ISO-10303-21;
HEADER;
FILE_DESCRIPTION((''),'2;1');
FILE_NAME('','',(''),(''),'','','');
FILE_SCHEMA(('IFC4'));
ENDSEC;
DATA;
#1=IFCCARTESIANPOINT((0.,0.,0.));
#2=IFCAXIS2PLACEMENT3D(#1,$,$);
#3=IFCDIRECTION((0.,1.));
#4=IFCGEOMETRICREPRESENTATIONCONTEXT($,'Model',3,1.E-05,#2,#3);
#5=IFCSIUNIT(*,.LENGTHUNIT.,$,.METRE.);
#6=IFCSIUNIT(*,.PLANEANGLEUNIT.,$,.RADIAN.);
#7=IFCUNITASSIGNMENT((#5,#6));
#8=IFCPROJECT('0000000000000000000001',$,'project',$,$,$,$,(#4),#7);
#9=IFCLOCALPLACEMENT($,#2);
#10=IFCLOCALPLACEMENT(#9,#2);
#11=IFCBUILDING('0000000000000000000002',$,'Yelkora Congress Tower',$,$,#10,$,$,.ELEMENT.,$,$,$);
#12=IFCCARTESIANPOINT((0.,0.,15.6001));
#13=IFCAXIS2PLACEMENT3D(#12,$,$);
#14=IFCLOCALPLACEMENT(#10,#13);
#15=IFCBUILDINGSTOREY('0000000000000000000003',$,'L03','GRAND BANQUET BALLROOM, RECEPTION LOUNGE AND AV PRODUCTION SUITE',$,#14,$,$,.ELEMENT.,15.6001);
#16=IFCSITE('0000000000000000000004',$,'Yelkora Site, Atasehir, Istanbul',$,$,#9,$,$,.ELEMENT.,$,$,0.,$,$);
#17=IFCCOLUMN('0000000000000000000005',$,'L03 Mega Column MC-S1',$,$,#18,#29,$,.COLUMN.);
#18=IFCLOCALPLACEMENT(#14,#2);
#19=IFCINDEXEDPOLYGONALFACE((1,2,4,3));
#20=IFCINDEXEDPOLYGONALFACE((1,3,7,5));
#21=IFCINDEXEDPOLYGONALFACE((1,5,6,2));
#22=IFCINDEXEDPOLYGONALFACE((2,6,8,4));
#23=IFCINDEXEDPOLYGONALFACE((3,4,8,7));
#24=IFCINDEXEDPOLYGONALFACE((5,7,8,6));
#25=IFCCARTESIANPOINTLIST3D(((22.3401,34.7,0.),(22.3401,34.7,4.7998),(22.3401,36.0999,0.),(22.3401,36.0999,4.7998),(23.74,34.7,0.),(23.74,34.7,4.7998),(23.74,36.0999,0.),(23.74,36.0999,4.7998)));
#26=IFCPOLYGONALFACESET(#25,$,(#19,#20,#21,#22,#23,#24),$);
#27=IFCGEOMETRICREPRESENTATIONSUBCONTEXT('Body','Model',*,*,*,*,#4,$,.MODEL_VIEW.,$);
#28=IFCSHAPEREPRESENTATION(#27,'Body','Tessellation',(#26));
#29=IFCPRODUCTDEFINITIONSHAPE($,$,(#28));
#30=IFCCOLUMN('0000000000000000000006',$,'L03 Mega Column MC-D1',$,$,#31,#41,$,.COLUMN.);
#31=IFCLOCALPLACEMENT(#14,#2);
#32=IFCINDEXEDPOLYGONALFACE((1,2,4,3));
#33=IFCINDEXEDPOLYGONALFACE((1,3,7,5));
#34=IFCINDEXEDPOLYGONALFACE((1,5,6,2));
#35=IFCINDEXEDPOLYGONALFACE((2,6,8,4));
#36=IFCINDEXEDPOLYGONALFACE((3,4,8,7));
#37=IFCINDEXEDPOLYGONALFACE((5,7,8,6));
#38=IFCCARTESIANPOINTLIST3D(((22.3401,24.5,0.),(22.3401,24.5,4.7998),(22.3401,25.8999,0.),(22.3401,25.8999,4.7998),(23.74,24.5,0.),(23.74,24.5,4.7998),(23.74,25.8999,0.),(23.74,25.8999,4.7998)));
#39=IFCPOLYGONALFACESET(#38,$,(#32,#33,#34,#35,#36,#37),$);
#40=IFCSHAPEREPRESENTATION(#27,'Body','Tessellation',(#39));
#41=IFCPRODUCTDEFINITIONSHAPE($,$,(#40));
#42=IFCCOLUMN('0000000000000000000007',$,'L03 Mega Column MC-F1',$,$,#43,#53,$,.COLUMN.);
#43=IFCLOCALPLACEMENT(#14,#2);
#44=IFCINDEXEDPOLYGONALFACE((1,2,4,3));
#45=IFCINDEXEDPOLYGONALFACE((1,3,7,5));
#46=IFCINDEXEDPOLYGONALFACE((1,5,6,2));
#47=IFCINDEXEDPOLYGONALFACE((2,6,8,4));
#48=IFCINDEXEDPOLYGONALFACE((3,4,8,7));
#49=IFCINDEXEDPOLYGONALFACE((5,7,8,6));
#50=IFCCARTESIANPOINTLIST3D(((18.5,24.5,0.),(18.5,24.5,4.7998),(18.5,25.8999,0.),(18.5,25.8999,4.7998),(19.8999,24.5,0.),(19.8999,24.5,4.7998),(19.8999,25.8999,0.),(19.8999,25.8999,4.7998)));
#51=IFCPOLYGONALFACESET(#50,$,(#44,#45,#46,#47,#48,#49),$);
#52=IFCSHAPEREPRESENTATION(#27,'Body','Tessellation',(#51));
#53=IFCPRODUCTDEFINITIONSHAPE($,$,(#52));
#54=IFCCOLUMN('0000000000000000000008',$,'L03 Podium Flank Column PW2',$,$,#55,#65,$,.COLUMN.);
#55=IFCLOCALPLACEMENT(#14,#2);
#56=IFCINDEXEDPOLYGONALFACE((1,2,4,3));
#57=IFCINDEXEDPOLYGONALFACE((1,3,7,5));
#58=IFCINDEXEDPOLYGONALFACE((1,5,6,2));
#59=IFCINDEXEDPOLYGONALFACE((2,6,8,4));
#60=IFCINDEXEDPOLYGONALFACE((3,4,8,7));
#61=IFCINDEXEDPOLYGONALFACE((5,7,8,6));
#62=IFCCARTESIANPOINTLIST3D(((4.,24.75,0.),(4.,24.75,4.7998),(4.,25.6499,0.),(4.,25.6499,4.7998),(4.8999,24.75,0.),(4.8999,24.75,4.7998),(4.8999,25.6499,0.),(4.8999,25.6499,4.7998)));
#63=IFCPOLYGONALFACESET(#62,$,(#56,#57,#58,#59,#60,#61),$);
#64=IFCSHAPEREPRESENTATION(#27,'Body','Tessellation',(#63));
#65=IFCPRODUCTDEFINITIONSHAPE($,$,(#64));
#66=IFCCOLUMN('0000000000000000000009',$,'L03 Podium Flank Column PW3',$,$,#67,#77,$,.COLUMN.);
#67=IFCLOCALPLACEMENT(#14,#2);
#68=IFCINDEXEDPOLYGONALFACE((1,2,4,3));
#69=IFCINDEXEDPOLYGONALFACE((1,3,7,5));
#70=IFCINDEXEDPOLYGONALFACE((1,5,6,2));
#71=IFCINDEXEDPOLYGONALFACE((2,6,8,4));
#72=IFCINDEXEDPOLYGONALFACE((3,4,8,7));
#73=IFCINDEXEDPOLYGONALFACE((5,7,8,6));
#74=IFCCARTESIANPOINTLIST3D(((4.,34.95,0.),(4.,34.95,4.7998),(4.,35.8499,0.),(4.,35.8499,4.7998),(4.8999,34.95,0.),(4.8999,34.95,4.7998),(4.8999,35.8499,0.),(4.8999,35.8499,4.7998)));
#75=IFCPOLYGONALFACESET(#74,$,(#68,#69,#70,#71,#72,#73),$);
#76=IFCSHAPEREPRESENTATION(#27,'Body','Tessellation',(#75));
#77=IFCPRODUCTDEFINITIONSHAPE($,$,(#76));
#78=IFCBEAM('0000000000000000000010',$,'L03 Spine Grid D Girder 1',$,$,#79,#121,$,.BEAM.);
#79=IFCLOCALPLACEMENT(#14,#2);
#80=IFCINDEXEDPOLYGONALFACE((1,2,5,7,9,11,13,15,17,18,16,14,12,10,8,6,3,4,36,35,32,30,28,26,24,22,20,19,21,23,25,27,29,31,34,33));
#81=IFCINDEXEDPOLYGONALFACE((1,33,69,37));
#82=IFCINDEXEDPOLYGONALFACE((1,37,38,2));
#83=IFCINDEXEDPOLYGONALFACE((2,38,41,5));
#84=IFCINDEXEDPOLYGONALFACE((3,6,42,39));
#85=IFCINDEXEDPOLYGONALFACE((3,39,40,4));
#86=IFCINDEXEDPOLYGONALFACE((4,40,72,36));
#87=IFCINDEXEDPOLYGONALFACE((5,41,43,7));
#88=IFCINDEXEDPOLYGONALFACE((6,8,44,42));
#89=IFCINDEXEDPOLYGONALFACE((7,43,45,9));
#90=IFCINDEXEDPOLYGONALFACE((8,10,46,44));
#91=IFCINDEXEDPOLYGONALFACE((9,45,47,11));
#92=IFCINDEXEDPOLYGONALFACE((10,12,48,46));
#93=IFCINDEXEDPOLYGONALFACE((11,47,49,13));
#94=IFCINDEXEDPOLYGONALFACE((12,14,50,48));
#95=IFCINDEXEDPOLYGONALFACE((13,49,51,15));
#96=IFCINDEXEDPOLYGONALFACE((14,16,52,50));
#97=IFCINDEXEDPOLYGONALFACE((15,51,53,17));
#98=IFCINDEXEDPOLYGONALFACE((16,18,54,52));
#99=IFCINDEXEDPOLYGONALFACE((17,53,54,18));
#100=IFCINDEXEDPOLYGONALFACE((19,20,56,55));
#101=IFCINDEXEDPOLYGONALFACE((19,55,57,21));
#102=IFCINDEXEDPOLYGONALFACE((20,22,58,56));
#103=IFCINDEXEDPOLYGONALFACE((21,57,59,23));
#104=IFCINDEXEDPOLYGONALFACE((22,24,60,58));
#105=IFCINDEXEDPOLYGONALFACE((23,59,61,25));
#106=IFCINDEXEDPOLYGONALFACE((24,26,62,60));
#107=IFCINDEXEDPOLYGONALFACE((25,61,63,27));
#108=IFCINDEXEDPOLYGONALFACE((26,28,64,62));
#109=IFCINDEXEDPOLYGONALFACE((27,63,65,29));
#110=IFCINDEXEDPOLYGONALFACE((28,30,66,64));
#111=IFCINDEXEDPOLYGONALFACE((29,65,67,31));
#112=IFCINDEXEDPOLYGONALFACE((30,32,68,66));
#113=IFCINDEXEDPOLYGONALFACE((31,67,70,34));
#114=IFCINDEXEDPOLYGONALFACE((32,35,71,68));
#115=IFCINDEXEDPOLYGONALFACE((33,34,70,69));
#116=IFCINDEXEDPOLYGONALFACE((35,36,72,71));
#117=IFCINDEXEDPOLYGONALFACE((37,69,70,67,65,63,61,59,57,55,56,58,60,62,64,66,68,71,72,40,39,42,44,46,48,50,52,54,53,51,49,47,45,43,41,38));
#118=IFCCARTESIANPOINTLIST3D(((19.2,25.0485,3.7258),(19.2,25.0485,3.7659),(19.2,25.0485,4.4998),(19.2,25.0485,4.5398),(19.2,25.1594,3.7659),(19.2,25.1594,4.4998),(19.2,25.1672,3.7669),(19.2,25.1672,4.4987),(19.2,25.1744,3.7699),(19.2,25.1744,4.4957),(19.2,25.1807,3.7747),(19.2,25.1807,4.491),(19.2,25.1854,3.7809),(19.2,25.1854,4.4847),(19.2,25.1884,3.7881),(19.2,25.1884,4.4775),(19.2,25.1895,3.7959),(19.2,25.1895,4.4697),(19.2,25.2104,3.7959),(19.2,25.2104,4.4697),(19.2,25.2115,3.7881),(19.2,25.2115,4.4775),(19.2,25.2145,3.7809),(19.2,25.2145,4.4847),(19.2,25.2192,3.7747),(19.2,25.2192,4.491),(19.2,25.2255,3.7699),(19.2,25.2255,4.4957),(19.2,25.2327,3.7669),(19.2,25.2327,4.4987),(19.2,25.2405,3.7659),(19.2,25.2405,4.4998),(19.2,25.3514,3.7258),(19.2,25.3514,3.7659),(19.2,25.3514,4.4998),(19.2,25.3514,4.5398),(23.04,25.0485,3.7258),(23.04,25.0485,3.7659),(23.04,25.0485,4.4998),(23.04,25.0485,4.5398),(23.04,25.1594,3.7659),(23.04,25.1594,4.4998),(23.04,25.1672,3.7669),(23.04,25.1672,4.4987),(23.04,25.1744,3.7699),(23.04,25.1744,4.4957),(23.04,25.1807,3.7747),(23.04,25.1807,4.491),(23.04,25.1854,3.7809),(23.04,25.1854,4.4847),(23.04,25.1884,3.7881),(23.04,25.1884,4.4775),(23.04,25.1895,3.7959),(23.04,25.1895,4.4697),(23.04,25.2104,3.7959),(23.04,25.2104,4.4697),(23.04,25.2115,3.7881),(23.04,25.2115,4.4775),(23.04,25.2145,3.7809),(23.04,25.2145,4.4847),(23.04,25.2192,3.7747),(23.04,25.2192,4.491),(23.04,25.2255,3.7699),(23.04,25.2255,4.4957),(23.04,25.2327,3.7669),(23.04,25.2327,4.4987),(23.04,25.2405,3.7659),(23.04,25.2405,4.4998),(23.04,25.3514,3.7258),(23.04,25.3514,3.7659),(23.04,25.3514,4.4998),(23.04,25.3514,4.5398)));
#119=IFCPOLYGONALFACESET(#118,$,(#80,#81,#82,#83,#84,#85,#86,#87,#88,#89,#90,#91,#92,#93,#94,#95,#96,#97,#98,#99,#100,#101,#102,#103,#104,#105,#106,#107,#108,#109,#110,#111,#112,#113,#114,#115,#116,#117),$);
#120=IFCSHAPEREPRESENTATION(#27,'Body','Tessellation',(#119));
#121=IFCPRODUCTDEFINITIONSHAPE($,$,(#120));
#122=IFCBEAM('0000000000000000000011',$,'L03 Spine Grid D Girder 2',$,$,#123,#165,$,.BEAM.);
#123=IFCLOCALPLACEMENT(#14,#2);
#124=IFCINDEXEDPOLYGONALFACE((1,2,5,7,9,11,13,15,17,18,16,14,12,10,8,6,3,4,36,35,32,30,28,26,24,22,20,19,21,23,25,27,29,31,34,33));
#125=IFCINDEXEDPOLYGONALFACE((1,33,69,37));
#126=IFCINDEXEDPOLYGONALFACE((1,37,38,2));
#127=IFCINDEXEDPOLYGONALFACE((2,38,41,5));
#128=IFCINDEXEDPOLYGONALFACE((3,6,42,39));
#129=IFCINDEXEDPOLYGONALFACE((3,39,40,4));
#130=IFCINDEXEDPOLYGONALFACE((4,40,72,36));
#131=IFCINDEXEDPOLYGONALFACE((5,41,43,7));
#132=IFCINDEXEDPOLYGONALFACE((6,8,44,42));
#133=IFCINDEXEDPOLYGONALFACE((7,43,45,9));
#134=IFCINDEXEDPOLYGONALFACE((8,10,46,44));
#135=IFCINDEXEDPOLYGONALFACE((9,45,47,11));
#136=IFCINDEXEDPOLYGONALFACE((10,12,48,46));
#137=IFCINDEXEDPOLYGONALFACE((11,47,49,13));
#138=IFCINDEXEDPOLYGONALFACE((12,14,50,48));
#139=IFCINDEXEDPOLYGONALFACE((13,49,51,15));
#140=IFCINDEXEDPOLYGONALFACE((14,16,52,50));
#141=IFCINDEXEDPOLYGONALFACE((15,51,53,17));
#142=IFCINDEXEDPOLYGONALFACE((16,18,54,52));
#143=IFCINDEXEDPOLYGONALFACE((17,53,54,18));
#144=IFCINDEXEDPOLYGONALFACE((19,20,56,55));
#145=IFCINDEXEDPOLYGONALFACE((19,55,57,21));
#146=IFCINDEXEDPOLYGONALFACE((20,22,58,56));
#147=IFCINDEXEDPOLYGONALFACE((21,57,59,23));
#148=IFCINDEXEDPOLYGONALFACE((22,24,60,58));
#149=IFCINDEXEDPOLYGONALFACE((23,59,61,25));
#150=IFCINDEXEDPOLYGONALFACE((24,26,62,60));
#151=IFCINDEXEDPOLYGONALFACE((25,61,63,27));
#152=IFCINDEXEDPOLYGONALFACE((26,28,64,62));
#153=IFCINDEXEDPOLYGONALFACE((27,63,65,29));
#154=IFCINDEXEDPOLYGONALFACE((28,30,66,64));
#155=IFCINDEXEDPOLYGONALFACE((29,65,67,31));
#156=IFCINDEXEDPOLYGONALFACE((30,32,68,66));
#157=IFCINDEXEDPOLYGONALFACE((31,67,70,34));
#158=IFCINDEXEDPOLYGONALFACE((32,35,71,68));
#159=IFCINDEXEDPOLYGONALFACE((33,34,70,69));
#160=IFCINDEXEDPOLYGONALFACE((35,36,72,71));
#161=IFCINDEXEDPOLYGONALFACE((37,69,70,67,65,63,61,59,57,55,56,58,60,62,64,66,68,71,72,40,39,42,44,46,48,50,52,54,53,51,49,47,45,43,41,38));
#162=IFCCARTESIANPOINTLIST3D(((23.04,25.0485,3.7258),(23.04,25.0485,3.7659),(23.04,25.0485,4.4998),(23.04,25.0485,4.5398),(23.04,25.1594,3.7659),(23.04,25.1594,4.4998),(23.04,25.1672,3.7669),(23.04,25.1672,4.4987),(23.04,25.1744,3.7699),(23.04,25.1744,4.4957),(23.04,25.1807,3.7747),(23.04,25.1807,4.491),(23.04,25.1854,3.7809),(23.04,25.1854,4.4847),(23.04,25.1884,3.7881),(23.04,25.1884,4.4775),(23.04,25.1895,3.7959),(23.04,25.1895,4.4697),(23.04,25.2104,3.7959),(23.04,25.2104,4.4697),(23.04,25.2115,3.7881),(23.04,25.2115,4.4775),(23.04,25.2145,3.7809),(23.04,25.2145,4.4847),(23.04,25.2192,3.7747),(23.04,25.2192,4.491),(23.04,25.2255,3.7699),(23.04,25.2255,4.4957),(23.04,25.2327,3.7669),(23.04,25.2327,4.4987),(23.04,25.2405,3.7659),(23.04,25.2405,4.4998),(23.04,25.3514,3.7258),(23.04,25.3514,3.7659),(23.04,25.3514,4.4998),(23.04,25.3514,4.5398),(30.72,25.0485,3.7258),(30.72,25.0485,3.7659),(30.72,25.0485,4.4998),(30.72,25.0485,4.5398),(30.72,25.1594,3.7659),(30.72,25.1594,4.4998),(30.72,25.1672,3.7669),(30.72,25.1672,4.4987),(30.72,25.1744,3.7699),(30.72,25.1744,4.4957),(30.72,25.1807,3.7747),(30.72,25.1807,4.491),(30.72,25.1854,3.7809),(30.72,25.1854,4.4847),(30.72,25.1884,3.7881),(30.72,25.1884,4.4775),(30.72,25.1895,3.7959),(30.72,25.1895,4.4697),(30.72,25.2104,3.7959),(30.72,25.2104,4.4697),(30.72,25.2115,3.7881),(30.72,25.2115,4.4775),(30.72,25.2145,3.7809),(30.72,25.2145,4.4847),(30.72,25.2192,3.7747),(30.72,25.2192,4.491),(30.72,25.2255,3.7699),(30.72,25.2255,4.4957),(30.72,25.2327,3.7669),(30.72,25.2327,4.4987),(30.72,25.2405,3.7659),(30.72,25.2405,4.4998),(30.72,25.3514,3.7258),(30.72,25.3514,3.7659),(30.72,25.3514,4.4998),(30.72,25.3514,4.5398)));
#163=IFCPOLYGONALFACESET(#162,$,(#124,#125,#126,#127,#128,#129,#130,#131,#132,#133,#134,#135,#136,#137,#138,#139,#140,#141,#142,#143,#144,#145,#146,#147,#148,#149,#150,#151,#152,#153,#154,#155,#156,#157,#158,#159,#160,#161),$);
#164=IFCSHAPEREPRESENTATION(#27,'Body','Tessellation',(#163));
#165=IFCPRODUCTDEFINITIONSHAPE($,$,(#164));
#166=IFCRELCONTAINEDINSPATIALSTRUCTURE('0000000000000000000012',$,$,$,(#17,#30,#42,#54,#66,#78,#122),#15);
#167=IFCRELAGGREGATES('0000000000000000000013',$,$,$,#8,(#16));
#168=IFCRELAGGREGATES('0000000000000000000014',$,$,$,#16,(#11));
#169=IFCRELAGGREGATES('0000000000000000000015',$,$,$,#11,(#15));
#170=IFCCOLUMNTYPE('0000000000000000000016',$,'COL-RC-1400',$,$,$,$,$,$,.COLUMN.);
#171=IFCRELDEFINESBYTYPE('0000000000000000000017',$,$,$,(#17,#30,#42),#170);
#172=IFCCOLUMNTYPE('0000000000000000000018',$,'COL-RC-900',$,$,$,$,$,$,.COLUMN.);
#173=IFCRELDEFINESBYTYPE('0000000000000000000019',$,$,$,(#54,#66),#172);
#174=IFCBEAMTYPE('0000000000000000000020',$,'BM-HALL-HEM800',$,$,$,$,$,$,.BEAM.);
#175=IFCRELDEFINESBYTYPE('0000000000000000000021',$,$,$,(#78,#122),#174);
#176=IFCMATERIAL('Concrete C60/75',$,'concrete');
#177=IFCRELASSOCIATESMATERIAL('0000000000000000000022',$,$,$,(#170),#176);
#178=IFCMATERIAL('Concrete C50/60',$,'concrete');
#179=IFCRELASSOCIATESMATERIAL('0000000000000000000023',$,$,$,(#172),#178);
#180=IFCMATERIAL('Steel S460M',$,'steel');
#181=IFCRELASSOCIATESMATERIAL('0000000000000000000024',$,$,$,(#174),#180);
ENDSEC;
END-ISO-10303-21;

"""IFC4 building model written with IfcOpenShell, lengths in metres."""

from ifc_helpers import new_model, si_unit, direction, frame, origin, origin_2d, place, context, subcontext, project, spatial, rectangle, i_section, extrude, material, material_profile, profile_set, type_object, element, save


model = new_model("IFC4")

# Units and contexts
model_context = context("Model", 3, precision=1e-05, world=origin(), true_north=direction((0.0, 1.0)))
body_context = subcontext(model_context, "Body", "Model", "MODEL_VIEW")
ifc_project = project(units=[si_unit("LENGTHUNIT", "METRE"), si_unit("PLANEANGLEUNIT", "RADIAN")], contexts=[model_context])

# Site, building, storey
site_placement = place(None, origin())
site = spatial("IfcSite", under=ifc_project, at=site_placement, Name="Yelkora Site, Atasehir, Istanbul", CompositionType="ELEMENT", RefElevation=0.0)
building_placement = place(site_placement, origin())
building = spatial("IfcBuilding", under=site, at=building_placement, Name="Yelkora Congress Tower", CompositionType="ELEMENT")
storey_placement = place(building_placement, frame((0.0, 0.0, 15.6001)))
storey = spatial("IfcBuildingStorey", under=building, at=storey_placement, Name="L03", Description="GRAND BANQUET BALLROOM, RECEPTION LOUNGE AND AV PRODUCTION SUITE", CompositionType="ELEMENT", Elevation=15.6001)

# Columns
ifc_material_1 = material(Name="Concrete C60/75", Category="concrete")
ifc_material_profile_1 = material_profile(ifc_material_1, rectangle(XDim=1.3999, YDim=1.3999, at=origin_2d()), Name="RC 1400x1400")
ifc_profile_set_1 = profile_set([ifc_material_profile_1], Name="Concrete C60/75")
column_type_1 = type_object("IfcColumnType", Name="COL-RC-1400", PredefinedType="COLUMN", material=ifc_profile_set_1)
for number, where, z_axis, x_axis, name in (
    (1, (23.04, 35.3999, 0.0), (0.0, 0.0, 1.0), (1.0, 0.0, 0.0), "L03 Mega Column MC-S1"),
    (2, (23.04, 25.2, 0.0), (0.0, 0.0, 1.0), (1.0, 0.0, 0.0), "L03 Mega Column MC-D1"),
    (3, (19.2, 25.2, 0.0), (0.0, 0.0, 1.0), (1.0, 0.0, 0.0), "L03 Mega Column MC-F1"),
):
    element("IfcColumn", number, at=place(storey_placement, frame(where, z_axis=z_axis, x_axis=x_axis)), inside=storey, type_object=column_type_1, Name=name, PredefinedType="COLUMN", context=body_context, shape_type="SweptSolid", body=[
        extrude(rectangle(XDim=1.3999, YDim=1.3999, at=origin_2d()), origin(), (0.0, 0.0, 1.0), 4.7998),
    ])
ifc_material_2 = material(Name="Concrete C50/60", Category="concrete")
ifc_material_profile_2 = material_profile(ifc_material_2, rectangle(XDim=0.8999, YDim=0.8999, at=origin_2d()), Name="RC 900x900")
ifc_profile_set_2 = profile_set([ifc_material_profile_2], Name="Concrete C50/60")
column_type_2 = type_object("IfcColumnType", Name="COL-RC-900", PredefinedType="COLUMN", material=ifc_profile_set_2)
for number, where, z_axis, x_axis, name in (
    (4, (4.45, 25.2, 0.0), (0.0, 0.0, 1.0), (1.0, 0.0, 0.0), "L03 Podium Flank Column PW2"),
    (5, (4.45, 35.3999, 0.0), (0.0, 0.0, 1.0), (1.0, 0.0, 0.0), "L03 Podium Flank Column PW3"),
):
    element("IfcColumn", number, at=place(storey_placement, frame(where, z_axis=z_axis, x_axis=x_axis)), inside=storey, type_object=column_type_2, Name=name, PredefinedType="COLUMN", context=body_context, shape_type="SweptSolid", body=[
        extrude(rectangle(XDim=0.8999, YDim=0.8999, at=origin_2d()), origin(), (0.0, 0.0, 1.0), 4.7998),
    ])

# Beams
ifc_material_3 = material(Name="Steel S460M", Category="steel")
ifc_material_profile_3 = material_profile(ifc_material_3, i_section(OverallWidth=0.303, OverallDepth=0.814, WebThickness=0.021, FlangeThickness=0.04, FilletRadius=0.03, at=origin_2d()), Name="HEM 800")
ifc_profile_set_3 = profile_set([ifc_material_profile_3], Name="Steel S460M")
beam_type_1 = type_object("IfcBeamType", Name="BM-HALL-HEM800", PredefinedType="BEAM", material=ifc_profile_set_3)
beam_1_placement = place(storey_placement, frame((19.2, 25.2, 4.1328), z_axis=(1.0, 0.0, 0.0), x_axis=(0.0, 1.0, 0.0)))
element("IfcBeam", 6, at=beam_1_placement, inside=storey, type_object=beam_type_1, Name="L03 Spine Grid D Girder 1", PredefinedType="BEAM", context=body_context, shape_type="SweptSolid", body=[
    extrude(i_section(OverallWidth=0.303, OverallDepth=0.814, WebThickness=0.021, FlangeThickness=0.04, FilletRadius=0.03, at=origin_2d()), origin(), (0.0, 0.0, 1.0), 3.8401),
])
beam_2_placement = place(storey_placement, frame((23.04, 25.2, 4.1328), z_axis=(1.0, 0.0, 0.0), x_axis=(0.0, 1.0, 0.0)))
element("IfcBeam", 7, at=beam_2_placement, inside=storey, type_object=beam_type_1, Name="L03 Spine Grid D Girder 2", PredefinedType="BEAM", context=body_context, shape_type="SweptSolid", body=[
    extrude(i_section(OverallWidth=0.303, OverallDepth=0.814, WebThickness=0.021, FlangeThickness=0.04, FilletRadius=0.03, at=origin_2d()), origin(), (0.0, 0.0, 1.0), 7.6799),
])

save(model, "model.ifc")
